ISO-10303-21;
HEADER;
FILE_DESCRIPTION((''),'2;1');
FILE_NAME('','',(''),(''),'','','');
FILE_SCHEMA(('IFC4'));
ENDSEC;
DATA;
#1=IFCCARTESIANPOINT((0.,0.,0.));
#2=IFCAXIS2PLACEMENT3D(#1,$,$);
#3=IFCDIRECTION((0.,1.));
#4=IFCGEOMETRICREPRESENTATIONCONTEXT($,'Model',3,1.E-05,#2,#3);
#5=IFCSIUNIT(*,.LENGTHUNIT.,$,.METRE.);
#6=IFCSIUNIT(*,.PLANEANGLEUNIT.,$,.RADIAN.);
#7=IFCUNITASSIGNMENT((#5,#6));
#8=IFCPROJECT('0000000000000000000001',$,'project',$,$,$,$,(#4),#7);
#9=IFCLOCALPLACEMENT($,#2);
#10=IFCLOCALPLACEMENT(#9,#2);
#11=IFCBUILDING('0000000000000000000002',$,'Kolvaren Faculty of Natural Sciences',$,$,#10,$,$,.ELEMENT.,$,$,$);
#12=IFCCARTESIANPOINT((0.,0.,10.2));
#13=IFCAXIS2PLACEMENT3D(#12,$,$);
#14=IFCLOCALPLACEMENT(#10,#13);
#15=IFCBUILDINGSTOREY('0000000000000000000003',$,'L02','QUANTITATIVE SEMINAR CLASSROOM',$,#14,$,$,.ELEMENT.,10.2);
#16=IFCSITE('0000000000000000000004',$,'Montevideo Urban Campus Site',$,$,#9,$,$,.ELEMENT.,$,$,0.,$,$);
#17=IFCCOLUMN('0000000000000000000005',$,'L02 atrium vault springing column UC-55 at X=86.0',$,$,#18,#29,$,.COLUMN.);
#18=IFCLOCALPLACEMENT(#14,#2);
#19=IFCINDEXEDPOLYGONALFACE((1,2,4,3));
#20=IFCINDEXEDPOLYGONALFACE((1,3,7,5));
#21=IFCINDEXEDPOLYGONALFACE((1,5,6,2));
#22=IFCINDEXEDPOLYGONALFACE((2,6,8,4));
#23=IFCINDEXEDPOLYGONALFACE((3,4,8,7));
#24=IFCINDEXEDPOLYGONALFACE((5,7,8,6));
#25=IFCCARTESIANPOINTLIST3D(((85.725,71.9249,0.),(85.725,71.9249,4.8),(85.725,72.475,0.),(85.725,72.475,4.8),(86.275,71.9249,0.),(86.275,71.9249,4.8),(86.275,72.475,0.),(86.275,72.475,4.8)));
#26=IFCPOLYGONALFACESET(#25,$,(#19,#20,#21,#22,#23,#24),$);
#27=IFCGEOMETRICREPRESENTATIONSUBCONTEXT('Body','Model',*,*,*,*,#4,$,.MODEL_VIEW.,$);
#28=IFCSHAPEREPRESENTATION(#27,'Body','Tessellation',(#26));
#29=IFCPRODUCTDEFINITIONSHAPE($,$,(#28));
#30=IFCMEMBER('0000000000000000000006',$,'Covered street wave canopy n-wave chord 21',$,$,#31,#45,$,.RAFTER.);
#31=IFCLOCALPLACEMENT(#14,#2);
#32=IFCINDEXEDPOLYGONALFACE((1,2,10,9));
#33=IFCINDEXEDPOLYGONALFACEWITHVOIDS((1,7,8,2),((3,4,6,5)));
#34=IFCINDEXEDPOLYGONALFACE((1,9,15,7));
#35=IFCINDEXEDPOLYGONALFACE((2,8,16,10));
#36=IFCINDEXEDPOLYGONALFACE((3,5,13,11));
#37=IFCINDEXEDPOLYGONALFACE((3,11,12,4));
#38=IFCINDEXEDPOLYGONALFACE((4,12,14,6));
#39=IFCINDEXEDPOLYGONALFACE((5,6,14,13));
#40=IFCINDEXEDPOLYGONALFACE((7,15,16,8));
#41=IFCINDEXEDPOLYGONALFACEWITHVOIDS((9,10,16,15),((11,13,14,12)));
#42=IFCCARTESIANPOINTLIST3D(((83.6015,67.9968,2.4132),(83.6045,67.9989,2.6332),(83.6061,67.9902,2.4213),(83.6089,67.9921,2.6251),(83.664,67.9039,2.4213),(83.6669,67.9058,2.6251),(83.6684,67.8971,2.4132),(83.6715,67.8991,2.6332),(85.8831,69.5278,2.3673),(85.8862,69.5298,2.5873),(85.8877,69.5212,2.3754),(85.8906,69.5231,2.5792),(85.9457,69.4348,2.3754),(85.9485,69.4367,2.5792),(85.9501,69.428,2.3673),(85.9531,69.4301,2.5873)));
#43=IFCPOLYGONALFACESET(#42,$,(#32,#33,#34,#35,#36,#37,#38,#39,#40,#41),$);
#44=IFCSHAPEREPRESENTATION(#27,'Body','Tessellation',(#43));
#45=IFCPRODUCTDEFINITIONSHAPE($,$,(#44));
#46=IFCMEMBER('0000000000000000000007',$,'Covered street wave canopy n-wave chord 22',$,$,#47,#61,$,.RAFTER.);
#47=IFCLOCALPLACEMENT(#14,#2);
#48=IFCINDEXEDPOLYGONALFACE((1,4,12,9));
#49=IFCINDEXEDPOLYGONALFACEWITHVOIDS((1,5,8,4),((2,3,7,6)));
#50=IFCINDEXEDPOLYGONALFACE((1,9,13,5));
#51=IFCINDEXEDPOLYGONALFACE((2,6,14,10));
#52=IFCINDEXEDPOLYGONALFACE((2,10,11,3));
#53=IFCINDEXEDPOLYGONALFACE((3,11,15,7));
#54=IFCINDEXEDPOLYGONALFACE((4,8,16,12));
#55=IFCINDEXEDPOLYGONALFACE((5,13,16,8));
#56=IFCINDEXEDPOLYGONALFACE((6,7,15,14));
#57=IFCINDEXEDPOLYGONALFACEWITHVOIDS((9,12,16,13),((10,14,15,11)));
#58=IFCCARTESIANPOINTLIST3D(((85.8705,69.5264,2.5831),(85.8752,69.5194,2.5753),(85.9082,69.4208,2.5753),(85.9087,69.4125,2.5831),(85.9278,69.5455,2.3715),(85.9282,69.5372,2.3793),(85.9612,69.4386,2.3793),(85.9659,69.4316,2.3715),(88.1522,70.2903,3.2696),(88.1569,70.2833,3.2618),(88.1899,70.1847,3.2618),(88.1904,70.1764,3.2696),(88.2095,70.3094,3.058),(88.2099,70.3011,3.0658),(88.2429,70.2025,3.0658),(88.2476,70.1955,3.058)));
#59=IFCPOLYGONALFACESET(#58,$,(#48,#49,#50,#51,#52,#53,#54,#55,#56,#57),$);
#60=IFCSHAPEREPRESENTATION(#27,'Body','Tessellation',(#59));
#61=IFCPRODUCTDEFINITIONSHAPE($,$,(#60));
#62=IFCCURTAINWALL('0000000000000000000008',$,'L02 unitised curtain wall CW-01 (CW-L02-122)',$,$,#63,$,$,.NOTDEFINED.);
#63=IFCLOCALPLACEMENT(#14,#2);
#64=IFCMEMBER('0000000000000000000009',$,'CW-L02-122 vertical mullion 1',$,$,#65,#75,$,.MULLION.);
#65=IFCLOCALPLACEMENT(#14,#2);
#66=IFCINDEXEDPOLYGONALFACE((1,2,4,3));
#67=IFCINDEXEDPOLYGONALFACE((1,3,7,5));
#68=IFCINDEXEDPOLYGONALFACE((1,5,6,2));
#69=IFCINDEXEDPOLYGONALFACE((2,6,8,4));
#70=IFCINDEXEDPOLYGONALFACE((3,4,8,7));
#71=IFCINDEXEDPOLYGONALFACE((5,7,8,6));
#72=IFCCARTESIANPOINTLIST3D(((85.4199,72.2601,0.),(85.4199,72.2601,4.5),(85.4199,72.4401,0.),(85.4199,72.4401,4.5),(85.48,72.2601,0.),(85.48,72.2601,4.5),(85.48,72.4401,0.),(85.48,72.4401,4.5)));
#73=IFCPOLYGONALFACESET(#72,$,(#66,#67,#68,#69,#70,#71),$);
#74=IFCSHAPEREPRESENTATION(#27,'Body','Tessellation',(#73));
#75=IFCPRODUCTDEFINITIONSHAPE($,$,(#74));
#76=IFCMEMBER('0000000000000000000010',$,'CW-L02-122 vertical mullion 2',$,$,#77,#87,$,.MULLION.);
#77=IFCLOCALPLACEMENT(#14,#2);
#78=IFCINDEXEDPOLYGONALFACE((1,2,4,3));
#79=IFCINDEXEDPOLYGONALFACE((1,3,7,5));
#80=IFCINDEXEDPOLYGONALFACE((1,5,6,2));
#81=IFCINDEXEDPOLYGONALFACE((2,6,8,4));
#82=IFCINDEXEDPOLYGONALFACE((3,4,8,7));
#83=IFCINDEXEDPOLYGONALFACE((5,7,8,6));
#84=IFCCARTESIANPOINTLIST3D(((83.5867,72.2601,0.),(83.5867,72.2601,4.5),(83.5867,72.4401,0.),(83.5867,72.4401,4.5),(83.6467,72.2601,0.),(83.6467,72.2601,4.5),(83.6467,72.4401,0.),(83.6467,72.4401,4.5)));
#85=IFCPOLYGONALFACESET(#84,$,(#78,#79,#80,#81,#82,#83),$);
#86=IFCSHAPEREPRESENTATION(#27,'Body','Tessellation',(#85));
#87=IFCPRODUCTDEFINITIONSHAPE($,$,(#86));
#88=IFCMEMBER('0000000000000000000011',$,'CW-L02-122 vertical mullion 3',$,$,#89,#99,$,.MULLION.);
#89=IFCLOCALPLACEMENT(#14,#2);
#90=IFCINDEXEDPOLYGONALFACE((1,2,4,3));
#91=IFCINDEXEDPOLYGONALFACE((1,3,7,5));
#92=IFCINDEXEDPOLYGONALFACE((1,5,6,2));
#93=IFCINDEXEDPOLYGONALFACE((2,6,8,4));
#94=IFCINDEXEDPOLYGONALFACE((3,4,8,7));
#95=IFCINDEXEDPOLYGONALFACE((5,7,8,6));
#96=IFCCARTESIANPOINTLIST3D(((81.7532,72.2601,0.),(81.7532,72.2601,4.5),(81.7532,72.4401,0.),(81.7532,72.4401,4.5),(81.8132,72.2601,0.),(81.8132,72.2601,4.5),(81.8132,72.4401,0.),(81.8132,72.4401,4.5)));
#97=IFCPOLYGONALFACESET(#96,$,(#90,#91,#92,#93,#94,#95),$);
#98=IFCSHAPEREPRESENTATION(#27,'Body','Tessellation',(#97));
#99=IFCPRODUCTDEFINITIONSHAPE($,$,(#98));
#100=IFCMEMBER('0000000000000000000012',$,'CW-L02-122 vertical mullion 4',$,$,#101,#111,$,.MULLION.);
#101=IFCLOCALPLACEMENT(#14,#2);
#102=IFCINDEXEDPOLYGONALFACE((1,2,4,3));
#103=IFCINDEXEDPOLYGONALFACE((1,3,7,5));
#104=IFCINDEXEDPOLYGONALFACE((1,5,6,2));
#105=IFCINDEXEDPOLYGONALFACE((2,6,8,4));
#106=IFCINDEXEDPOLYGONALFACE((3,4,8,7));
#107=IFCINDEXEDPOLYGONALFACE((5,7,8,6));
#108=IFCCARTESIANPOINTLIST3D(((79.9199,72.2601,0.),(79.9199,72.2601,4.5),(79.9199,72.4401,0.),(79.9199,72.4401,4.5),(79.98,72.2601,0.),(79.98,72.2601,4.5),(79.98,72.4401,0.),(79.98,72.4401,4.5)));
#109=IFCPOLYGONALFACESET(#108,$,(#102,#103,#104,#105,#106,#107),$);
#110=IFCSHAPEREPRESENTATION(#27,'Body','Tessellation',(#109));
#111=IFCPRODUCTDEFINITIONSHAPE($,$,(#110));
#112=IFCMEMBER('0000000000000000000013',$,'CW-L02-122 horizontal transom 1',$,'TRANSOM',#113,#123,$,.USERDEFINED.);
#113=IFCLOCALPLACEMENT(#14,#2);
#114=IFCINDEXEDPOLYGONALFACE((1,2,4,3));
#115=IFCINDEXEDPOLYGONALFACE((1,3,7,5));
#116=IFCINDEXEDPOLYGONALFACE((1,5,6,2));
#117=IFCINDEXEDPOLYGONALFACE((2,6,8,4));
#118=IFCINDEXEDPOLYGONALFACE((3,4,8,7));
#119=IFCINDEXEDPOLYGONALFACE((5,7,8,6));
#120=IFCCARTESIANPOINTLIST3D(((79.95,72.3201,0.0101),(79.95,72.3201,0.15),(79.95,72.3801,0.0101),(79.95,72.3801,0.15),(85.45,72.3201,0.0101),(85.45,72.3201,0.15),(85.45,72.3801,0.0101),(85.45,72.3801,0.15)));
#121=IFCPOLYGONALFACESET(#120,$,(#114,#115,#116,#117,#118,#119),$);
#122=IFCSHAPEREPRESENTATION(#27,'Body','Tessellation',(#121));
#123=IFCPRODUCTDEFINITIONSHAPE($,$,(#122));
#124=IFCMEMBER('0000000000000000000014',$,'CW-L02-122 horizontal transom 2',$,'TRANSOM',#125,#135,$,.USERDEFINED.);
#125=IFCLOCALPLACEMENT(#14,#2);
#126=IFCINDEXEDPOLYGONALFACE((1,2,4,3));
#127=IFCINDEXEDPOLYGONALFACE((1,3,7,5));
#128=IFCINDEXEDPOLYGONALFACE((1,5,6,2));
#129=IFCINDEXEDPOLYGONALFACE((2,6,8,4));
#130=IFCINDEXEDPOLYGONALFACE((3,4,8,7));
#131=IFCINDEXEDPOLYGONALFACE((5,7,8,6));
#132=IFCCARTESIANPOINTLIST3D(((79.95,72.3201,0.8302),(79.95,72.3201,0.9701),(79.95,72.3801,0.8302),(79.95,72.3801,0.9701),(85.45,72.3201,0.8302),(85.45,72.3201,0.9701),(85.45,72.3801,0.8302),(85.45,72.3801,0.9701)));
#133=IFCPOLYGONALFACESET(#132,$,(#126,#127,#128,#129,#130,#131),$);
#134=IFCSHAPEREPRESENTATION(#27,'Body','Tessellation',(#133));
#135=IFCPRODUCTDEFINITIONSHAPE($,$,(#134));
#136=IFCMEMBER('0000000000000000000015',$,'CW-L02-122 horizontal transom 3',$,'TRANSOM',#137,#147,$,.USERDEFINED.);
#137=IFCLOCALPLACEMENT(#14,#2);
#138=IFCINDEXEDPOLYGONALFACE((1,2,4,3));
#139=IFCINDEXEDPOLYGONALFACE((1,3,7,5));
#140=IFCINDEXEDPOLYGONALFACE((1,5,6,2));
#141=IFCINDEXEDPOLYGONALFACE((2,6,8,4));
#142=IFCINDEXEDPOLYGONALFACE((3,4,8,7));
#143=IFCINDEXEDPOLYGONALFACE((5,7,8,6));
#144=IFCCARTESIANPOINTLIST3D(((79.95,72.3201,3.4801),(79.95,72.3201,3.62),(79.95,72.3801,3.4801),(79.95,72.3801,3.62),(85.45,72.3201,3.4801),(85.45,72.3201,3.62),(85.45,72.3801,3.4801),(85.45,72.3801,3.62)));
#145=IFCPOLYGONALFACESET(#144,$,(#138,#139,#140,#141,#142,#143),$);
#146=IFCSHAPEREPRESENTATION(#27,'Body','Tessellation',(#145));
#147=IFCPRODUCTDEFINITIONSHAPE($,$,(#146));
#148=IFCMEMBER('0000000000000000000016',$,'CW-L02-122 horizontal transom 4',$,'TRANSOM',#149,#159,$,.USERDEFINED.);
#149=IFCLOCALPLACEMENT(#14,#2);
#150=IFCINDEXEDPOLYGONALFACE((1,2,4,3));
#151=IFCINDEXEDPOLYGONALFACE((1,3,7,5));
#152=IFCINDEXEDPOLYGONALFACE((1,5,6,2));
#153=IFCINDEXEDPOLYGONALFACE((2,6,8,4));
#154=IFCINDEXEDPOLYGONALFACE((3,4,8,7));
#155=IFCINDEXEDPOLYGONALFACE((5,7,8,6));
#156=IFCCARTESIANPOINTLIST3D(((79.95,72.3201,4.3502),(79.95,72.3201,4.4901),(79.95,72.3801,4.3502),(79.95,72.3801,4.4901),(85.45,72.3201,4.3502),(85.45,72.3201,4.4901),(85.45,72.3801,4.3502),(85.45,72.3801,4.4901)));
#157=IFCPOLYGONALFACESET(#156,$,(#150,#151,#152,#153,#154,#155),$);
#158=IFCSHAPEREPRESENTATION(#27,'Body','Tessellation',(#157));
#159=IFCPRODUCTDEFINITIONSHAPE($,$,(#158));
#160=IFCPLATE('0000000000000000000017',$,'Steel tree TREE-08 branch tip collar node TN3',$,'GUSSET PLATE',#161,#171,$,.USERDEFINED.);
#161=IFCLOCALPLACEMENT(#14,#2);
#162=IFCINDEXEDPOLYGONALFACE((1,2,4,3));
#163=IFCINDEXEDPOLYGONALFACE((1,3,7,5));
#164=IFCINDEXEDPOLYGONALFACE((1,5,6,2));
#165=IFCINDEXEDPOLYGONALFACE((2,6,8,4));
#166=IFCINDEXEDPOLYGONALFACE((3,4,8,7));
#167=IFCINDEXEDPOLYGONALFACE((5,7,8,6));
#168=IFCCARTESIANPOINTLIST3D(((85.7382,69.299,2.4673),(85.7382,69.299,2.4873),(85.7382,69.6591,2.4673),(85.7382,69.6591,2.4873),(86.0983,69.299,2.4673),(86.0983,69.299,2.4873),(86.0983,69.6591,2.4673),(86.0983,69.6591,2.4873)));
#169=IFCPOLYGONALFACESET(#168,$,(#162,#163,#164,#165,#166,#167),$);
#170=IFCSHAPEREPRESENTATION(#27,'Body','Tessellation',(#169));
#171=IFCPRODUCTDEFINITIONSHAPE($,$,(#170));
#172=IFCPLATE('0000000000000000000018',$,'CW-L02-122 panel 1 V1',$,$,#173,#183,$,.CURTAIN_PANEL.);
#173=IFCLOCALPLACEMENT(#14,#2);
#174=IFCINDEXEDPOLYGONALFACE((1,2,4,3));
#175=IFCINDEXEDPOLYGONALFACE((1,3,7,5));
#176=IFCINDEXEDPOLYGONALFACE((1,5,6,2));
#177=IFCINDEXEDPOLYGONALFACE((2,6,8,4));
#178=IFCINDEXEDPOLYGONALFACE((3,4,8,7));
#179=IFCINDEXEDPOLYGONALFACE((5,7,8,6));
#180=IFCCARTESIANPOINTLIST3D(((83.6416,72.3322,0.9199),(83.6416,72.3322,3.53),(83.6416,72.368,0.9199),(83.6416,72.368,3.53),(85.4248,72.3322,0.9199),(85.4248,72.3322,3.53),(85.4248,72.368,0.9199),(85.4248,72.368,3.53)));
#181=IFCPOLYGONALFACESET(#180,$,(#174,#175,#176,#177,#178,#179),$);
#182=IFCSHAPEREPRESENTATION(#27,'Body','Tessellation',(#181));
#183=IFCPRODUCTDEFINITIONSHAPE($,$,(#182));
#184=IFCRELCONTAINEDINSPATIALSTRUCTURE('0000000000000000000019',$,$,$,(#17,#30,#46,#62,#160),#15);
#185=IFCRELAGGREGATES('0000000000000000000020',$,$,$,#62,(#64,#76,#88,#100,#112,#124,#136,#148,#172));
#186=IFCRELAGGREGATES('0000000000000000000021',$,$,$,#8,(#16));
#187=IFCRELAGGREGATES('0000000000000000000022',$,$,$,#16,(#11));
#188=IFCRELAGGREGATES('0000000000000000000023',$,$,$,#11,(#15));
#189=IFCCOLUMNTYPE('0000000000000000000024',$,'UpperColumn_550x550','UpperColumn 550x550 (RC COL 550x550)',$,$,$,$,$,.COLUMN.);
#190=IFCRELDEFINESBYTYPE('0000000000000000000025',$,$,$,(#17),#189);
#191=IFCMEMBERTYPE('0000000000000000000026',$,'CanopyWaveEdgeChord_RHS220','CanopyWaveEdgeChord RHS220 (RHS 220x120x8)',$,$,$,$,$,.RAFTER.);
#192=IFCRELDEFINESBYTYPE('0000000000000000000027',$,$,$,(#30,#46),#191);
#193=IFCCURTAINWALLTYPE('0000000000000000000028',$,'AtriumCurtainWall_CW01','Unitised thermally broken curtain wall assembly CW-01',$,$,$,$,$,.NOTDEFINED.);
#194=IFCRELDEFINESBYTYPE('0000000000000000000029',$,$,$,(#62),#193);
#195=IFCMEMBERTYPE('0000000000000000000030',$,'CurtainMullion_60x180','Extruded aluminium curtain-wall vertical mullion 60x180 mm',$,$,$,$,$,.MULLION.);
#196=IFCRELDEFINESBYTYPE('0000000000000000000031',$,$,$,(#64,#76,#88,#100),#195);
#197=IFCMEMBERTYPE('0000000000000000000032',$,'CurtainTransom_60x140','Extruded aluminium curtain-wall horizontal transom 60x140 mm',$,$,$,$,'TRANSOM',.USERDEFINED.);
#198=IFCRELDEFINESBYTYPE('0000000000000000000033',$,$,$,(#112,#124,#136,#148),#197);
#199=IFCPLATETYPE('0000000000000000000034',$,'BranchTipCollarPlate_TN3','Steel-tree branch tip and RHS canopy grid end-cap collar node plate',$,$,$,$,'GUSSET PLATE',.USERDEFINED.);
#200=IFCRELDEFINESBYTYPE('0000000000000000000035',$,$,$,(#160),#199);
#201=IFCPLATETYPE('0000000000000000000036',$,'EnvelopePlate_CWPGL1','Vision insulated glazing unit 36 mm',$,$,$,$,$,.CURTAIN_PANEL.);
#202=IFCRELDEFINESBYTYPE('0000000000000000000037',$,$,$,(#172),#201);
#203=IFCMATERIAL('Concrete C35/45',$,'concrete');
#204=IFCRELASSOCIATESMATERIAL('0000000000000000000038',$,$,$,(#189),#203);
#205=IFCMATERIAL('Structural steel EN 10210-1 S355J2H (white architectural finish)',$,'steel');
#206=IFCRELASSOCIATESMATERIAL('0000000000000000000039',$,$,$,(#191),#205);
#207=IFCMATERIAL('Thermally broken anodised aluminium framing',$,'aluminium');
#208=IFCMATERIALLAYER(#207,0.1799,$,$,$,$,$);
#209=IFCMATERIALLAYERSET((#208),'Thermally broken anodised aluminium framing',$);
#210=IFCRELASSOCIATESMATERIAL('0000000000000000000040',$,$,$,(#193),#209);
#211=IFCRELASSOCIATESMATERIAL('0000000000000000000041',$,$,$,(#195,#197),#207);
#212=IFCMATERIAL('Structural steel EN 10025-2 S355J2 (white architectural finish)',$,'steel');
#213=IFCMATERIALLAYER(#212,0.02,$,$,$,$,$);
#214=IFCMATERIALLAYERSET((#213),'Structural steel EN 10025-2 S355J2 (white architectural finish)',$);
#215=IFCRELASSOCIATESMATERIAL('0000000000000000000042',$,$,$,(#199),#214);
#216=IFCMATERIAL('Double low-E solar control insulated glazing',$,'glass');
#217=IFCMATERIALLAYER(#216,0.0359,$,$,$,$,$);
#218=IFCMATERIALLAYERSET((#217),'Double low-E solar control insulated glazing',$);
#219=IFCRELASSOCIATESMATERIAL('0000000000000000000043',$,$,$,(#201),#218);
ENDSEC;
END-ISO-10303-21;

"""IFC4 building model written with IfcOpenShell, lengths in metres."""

from ifc_helpers import new_model, si_unit, direction, frame, origin, origin_2d, place, context, subcontext, project, spatial, rectangle, hollow_rectangle, extrude, material, layer, layer_set, material_profile, profile_set, type_object, element, aggregate, save


model = new_model("IFC4")

# Units and contexts
model_context = context("Model", 3, precision=1e-05, world=origin(), true_north=direction((0.0, 1.0)))
body_context = subcontext(model_context, "Body", "Model", "MODEL_VIEW")
ifc_project = project(units=[si_unit("LENGTHUNIT", "METRE"), si_unit("PLANEANGLEUNIT", "RADIAN")], contexts=[model_context])

# Site, building, storey
site_placement = place(None, origin())
site = spatial("IfcSite", under=ifc_project, at=site_placement, Name="Montevideo Urban Campus Site", CompositionType="ELEMENT", RefElevation=0.0)
building_placement = place(site_placement, origin())
building = spatial("IfcBuilding", under=site, at=building_placement, Name="Kolvaren Faculty of Natural Sciences", CompositionType="ELEMENT")
storey_placement = place(building_placement, frame((0.0, 0.0, 10.2)))
storey = spatial("IfcBuildingStorey", under=building, at=storey_placement, Name="L02", Description="QUANTITATIVE SEMINAR CLASSROOM", CompositionType="ELEMENT", Elevation=10.2)

# Column
ifc_material_1 = material(Name="Concrete C35/45", Category="concrete")
ifc_material_profile_1 = material_profile(ifc_material_1, rectangle(XDim=0.55, YDim=0.55, at=origin_2d()), Name="RC COL 550x550")
ifc_profile_set_1 = profile_set([ifc_material_profile_1], Name="Concrete C35/45")
column_type = type_object("IfcColumnType", Name="UpperColumn_550x550", Description="UpperColumn 550x550 (RC COL 550x550)", PredefinedType="COLUMN", material=ifc_profile_set_1)
column_placement = place(storey_placement, frame((86.0, 72.2, 0.0), z_axis=(0.0, 0.0, 1.0), x_axis=(1.0, 0.0, 0.0)))
element("IfcColumn", 1, at=column_placement, inside=storey, type_object=column_type, Name="L02 atrium vault springing column UC-55 at X=86.0", PredefinedType="COLUMN", context=body_context, shape_type="SweptSolid", body=[
    extrude(rectangle(XDim=0.55, YDim=0.55, at=origin_2d()), origin(), (0.0, 0.0, 1.0), 4.8),
])

# Members
ifc_material_2 = material(Name="Structural steel EN 10210-1 S355J2H (white architectural finish)", Category="steel")
ifc_material_profile_2 = material_profile(ifc_material_2, hollow_rectangle(XDim=0.1201, YDim=0.22, WallThickness=0.0081, at=origin_2d()), Name="RHS 220x120x8")
ifc_profile_set_2 = profile_set([ifc_material_profile_2], Name="Structural steel EN 10210-1 S355J2H (white architectural finish)")
member_type_1 = type_object("IfcMemberType", Name="CanopyWaveEdgeChord_RHS220", Description="CanopyWaveEdgeChord RHS220 (RHS 220x120x8)", PredefinedType="RAFTER", material=ifc_profile_set_2)
member_1_placement = place(storey_placement, frame((83.6365, 67.948, 2.5232), z_axis=(0.830277, 0.557101, -0.016701), x_axis=(-0.557179, 0.830393, 0.0)))
element("IfcMember", 2, at=member_1_placement, inside=storey, type_object=member_type_1, Name="Covered street wave canopy n-wave chord 21", PredefinedType="RAFTER", context=body_context, shape_type="SweptSolid", body=[
    extrude(hollow_rectangle(XDim=0.1201, YDim=0.22, WallThickness=0.0081, at=origin_2d()), origin(), (0.0, 0.0, 1.0), 2.748),
])
member_2_placement = place(storey_placement, frame((85.9182, 69.479, 2.4773), z_axis=(0.911878, 0.305293, 0.274363), x_axis=(-0.317475, 0.948266, 0.0)))
element("IfcMember", 3, at=member_2_placement, inside=storey, type_object=member_type_1, Name="Covered street wave canopy n-wave chord 22", PredefinedType="RAFTER", context=body_context, shape_type="SweptSolid", body=[
    extrude(hollow_rectangle(XDim=0.1201, YDim=0.22, WallThickness=0.0081, at=origin_2d()), origin(), (0.0, 0.0, 1.0), 2.5022),
])

# Curtain wall, members
ifc_material_3 = material(Name="Thermally broken anodised aluminium framing", Category="aluminium")
ifc_layer_1 = layer(ifc_material_3, 0.1799)
ifc_layer_set_1 = layer_set([ifc_layer_1], Name="Thermally broken anodised aluminium framing")
curtain_wall_type = type_object("IfcCurtainWallType", Name="AtriumCurtainWall_CW01", Description="Unitised thermally broken curtain wall assembly CW-01", PredefinedType="NOTDEFINED", material=ifc_layer_set_1)
curtain_wall_placement = place(storey_placement, origin())
curtain_wall = element("IfcCurtainWall", 4, at=curtain_wall_placement, inside=storey, type_object=curtain_wall_type, Name="L02 unitised curtain wall CW-01 (CW-L02-122)", PredefinedType="NOTDEFINED")
ifc_material_profile_3 = material_profile(ifc_material_3, rectangle(XDim=0.0601, YDim=0.1799, at=origin_2d()), Name="ALU MUL 60x180")
ifc_profile_set_3 = profile_set([ifc_material_profile_3], Name="Thermally broken anodised aluminium framing")
member_type_2 = type_object("IfcMemberType", Name="CurtainMullion_60x180", Description="Extruded aluminium curtain-wall vertical mullion 60x180 mm", PredefinedType="MULLION", material=ifc_profile_set_3)
member_3_placement = place(storey_placement, frame((85.45, 72.3501, 0.0), z_axis=(0.0, 0.0, 1.0), x_axis=(-1.0, 0.0, 0.0)))
member_3 = element("IfcMember", 5, at=member_3_placement, type_object=member_type_2, Name="CW-L02-122 vertical mullion 1", PredefinedType="MULLION", context=body_context, shape_type="SweptSolid", body=[
    extrude(rectangle(XDim=0.0601, YDim=0.1799, at=origin_2d()), origin(), (0.0, 0.0, 1.0), 4.5),
])
member_4_placement = place(storey_placement, frame((83.6167, 72.3501, 0.0), z_axis=(0.0, 0.0, 1.0), x_axis=(-1.0, 0.0, 0.0)))
member_4 = element("IfcMember", 6, at=member_4_placement, type_object=member_type_2, Name="CW-L02-122 vertical mullion 2", PredefinedType="MULLION", context=body_context, shape_type="SweptSolid", body=[
    extrude(rectangle(XDim=0.0601, YDim=0.1799, at=origin_2d()), origin(), (0.0, 0.0, 1.0), 4.5),
])
member_5_placement = place(storey_placement, frame((81.7832, 72.3501, 0.0), z_axis=(0.0, 0.0, 1.0), x_axis=(-1.0, 0.0, 0.0)))
member_5 = element("IfcMember", 7, at=member_5_placement, type_object=member_type_2, Name="CW-L02-122 vertical mullion 3", PredefinedType="MULLION", context=body_context, shape_type="SweptSolid", body=[
    extrude(rectangle(XDim=0.0601, YDim=0.1799, at=origin_2d()), origin(), (0.0, 0.0, 1.0), 4.5),
])
member_6_placement = place(storey_placement, frame((79.95, 72.3501, 0.0), z_axis=(0.0, 0.0, 1.0), x_axis=(-1.0, 0.0, 0.0)))
member_6 = element("IfcMember", 8, at=member_6_placement, type_object=member_type_2, Name="CW-L02-122 vertical mullion 4", PredefinedType="MULLION", context=body_context, shape_type="SweptSolid", body=[
    extrude(rectangle(XDim=0.0601, YDim=0.1799, at=origin_2d()), origin(), (0.0, 0.0, 1.0), 4.5),
])
ifc_material_profile_4 = material_profile(ifc_material_3, rectangle(XDim=0.0601, YDim=0.1399, at=origin_2d()), Name="ALU TRN 60x140")
ifc_profile_set_4 = profile_set([ifc_material_profile_4], Name="Thermally broken anodised aluminium framing")
member_type_3 = type_object("IfcMemberType", Name="CurtainTransom_60x140", Description="Extruded aluminium curtain-wall horizontal transom 60x140 mm", ElementType="TRANSOM", PredefinedType="USERDEFINED", material=ifc_profile_set_4)
member_7_placement = place(storey_placement, frame((85.45, 72.3501, 0.0801), z_axis=(-1.0, 0.0, 0.0), x_axis=(0.0, -1.0, 0.0)))
member_7 = element("IfcMember", 9, at=member_7_placement, type_object=member_type_3, Name="CW-L02-122 horizontal transom 1", ObjectType="TRANSOM", PredefinedType="USERDEFINED", context=body_context, shape_type="SweptSolid", body=[
    extrude(rectangle(XDim=0.0601, YDim=0.1399, at=origin_2d()), origin(), (0.0, 0.0, 1.0), 5.5),
])
member_8_placement = place(storey_placement, frame((85.45, 72.3501, 0.9001), z_axis=(-1.0, 0.0, 0.0), x_axis=(0.0, -1.0, 0.0)))
member_8 = element("IfcMember", 10, at=member_8_placement, type_object=member_type_3, Name="CW-L02-122 horizontal transom 2", ObjectType="TRANSOM", PredefinedType="USERDEFINED", context=body_context, shape_type="SweptSolid", body=[
    extrude(rectangle(XDim=0.0601, YDim=0.1399, at=origin_2d()), origin(), (0.0, 0.0, 1.0), 5.5),
])
member_9_placement = place(storey_placement, frame((85.45, 72.3501, 3.55), z_axis=(-1.0, 0.0, 0.0), x_axis=(0.0, -1.0, 0.0)))
member_9 = element("IfcMember", 11, at=member_9_placement, type_object=member_type_3, Name="CW-L02-122 horizontal transom 3", ObjectType="TRANSOM", PredefinedType="USERDEFINED", context=body_context, shape_type="SweptSolid", body=[
    extrude(rectangle(XDim=0.0601, YDim=0.1399, at=origin_2d()), origin(), (0.0, 0.0, 1.0), 5.5),
])
member_10_placement = place(storey_placement, frame((85.45, 72.3501, 4.4202), z_axis=(-1.0, 0.0, 0.0), x_axis=(0.0, -1.0, 0.0)))
member_10 = element("IfcMember", 12, at=member_10_placement, type_object=member_type_3, Name="CW-L02-122 horizontal transom 4", ObjectType="TRANSOM", PredefinedType="USERDEFINED", context=body_context, shape_type="SweptSolid", body=[
    extrude(rectangle(XDim=0.0601, YDim=0.1399, at=origin_2d()), origin(), (0.0, 0.0, 1.0), 5.5),
])

# Plates
ifc_material_4 = material(Name="Structural steel EN 10025-2 S355J2 (white architectural finish)", Category="steel")
ifc_layer_2 = layer(ifc_material_4, 0.02)
ifc_layer_set_2 = layer_set([ifc_layer_2], Name="Structural steel EN 10025-2 S355J2 (white architectural finish)")
plate_type_1 = type_object("IfcPlateType", Name="BranchTipCollarPlate_TN3", Description="Steel-tree branch tip and RHS canopy grid end-cap collar node plate", ElementType="GUSSET PLATE", PredefinedType="USERDEFINED", material=ifc_layer_set_2)
plate_1_placement = place(storey_placement, frame((85.9182, 69.479, 2.4673), z_axis=(0.0, 0.0, 1.0), x_axis=(1.0, 0.0, 0.0)))
element("IfcPlate", 13, at=plate_1_placement, inside=storey, type_object=plate_type_1, Name="Steel tree TREE-08 branch tip collar node TN3", ObjectType="GUSSET PLATE", PredefinedType="USERDEFINED", context=body_context, shape_type="SweptSolid", body=[
    extrude(rectangle(XDim=0.3601, YDim=0.3601, at=origin_2d()), origin(), (0.0, 0.0, 1.0), 0.02),
])
ifc_material_5 = material(Name="Double low-E solar control insulated glazing", Category="glass")
ifc_layer_3 = layer(ifc_material_5, 0.0359)
ifc_layer_set_3 = layer_set([ifc_layer_3], Name="Double low-E solar control insulated glazing")
plate_type_2 = type_object("IfcPlateType", Name="EnvelopePlate_CWPGL1", Description="Vision insulated glazing unit 36 mm", PredefinedType="CURTAIN_PANEL", material=ifc_layer_set_3)
plate_2_placement = place(storey_placement, frame((84.5332, 72.3501, 0.9199), z_axis=(0.0, 0.0, 1.0), x_axis=(-1.0, 0.0, 0.0)))
plate_2 = element("IfcPlate", 14, at=plate_2_placement, type_object=plate_type_2, Name="CW-L02-122 panel 1 V1", PredefinedType="CURTAIN_PANEL", context=body_context, shape_type="SweptSolid", body=[
    extrude(rectangle(XDim=1.7832, YDim=0.0359, at=origin_2d()), origin(), (0.0, 0.0, 1.0), 2.6101),
])
aggregate(curtain_wall, [member_3, member_4, member_5, member_6, member_7, member_8, member_9, member_10, plate_2])

save(model, "model.ifc")
